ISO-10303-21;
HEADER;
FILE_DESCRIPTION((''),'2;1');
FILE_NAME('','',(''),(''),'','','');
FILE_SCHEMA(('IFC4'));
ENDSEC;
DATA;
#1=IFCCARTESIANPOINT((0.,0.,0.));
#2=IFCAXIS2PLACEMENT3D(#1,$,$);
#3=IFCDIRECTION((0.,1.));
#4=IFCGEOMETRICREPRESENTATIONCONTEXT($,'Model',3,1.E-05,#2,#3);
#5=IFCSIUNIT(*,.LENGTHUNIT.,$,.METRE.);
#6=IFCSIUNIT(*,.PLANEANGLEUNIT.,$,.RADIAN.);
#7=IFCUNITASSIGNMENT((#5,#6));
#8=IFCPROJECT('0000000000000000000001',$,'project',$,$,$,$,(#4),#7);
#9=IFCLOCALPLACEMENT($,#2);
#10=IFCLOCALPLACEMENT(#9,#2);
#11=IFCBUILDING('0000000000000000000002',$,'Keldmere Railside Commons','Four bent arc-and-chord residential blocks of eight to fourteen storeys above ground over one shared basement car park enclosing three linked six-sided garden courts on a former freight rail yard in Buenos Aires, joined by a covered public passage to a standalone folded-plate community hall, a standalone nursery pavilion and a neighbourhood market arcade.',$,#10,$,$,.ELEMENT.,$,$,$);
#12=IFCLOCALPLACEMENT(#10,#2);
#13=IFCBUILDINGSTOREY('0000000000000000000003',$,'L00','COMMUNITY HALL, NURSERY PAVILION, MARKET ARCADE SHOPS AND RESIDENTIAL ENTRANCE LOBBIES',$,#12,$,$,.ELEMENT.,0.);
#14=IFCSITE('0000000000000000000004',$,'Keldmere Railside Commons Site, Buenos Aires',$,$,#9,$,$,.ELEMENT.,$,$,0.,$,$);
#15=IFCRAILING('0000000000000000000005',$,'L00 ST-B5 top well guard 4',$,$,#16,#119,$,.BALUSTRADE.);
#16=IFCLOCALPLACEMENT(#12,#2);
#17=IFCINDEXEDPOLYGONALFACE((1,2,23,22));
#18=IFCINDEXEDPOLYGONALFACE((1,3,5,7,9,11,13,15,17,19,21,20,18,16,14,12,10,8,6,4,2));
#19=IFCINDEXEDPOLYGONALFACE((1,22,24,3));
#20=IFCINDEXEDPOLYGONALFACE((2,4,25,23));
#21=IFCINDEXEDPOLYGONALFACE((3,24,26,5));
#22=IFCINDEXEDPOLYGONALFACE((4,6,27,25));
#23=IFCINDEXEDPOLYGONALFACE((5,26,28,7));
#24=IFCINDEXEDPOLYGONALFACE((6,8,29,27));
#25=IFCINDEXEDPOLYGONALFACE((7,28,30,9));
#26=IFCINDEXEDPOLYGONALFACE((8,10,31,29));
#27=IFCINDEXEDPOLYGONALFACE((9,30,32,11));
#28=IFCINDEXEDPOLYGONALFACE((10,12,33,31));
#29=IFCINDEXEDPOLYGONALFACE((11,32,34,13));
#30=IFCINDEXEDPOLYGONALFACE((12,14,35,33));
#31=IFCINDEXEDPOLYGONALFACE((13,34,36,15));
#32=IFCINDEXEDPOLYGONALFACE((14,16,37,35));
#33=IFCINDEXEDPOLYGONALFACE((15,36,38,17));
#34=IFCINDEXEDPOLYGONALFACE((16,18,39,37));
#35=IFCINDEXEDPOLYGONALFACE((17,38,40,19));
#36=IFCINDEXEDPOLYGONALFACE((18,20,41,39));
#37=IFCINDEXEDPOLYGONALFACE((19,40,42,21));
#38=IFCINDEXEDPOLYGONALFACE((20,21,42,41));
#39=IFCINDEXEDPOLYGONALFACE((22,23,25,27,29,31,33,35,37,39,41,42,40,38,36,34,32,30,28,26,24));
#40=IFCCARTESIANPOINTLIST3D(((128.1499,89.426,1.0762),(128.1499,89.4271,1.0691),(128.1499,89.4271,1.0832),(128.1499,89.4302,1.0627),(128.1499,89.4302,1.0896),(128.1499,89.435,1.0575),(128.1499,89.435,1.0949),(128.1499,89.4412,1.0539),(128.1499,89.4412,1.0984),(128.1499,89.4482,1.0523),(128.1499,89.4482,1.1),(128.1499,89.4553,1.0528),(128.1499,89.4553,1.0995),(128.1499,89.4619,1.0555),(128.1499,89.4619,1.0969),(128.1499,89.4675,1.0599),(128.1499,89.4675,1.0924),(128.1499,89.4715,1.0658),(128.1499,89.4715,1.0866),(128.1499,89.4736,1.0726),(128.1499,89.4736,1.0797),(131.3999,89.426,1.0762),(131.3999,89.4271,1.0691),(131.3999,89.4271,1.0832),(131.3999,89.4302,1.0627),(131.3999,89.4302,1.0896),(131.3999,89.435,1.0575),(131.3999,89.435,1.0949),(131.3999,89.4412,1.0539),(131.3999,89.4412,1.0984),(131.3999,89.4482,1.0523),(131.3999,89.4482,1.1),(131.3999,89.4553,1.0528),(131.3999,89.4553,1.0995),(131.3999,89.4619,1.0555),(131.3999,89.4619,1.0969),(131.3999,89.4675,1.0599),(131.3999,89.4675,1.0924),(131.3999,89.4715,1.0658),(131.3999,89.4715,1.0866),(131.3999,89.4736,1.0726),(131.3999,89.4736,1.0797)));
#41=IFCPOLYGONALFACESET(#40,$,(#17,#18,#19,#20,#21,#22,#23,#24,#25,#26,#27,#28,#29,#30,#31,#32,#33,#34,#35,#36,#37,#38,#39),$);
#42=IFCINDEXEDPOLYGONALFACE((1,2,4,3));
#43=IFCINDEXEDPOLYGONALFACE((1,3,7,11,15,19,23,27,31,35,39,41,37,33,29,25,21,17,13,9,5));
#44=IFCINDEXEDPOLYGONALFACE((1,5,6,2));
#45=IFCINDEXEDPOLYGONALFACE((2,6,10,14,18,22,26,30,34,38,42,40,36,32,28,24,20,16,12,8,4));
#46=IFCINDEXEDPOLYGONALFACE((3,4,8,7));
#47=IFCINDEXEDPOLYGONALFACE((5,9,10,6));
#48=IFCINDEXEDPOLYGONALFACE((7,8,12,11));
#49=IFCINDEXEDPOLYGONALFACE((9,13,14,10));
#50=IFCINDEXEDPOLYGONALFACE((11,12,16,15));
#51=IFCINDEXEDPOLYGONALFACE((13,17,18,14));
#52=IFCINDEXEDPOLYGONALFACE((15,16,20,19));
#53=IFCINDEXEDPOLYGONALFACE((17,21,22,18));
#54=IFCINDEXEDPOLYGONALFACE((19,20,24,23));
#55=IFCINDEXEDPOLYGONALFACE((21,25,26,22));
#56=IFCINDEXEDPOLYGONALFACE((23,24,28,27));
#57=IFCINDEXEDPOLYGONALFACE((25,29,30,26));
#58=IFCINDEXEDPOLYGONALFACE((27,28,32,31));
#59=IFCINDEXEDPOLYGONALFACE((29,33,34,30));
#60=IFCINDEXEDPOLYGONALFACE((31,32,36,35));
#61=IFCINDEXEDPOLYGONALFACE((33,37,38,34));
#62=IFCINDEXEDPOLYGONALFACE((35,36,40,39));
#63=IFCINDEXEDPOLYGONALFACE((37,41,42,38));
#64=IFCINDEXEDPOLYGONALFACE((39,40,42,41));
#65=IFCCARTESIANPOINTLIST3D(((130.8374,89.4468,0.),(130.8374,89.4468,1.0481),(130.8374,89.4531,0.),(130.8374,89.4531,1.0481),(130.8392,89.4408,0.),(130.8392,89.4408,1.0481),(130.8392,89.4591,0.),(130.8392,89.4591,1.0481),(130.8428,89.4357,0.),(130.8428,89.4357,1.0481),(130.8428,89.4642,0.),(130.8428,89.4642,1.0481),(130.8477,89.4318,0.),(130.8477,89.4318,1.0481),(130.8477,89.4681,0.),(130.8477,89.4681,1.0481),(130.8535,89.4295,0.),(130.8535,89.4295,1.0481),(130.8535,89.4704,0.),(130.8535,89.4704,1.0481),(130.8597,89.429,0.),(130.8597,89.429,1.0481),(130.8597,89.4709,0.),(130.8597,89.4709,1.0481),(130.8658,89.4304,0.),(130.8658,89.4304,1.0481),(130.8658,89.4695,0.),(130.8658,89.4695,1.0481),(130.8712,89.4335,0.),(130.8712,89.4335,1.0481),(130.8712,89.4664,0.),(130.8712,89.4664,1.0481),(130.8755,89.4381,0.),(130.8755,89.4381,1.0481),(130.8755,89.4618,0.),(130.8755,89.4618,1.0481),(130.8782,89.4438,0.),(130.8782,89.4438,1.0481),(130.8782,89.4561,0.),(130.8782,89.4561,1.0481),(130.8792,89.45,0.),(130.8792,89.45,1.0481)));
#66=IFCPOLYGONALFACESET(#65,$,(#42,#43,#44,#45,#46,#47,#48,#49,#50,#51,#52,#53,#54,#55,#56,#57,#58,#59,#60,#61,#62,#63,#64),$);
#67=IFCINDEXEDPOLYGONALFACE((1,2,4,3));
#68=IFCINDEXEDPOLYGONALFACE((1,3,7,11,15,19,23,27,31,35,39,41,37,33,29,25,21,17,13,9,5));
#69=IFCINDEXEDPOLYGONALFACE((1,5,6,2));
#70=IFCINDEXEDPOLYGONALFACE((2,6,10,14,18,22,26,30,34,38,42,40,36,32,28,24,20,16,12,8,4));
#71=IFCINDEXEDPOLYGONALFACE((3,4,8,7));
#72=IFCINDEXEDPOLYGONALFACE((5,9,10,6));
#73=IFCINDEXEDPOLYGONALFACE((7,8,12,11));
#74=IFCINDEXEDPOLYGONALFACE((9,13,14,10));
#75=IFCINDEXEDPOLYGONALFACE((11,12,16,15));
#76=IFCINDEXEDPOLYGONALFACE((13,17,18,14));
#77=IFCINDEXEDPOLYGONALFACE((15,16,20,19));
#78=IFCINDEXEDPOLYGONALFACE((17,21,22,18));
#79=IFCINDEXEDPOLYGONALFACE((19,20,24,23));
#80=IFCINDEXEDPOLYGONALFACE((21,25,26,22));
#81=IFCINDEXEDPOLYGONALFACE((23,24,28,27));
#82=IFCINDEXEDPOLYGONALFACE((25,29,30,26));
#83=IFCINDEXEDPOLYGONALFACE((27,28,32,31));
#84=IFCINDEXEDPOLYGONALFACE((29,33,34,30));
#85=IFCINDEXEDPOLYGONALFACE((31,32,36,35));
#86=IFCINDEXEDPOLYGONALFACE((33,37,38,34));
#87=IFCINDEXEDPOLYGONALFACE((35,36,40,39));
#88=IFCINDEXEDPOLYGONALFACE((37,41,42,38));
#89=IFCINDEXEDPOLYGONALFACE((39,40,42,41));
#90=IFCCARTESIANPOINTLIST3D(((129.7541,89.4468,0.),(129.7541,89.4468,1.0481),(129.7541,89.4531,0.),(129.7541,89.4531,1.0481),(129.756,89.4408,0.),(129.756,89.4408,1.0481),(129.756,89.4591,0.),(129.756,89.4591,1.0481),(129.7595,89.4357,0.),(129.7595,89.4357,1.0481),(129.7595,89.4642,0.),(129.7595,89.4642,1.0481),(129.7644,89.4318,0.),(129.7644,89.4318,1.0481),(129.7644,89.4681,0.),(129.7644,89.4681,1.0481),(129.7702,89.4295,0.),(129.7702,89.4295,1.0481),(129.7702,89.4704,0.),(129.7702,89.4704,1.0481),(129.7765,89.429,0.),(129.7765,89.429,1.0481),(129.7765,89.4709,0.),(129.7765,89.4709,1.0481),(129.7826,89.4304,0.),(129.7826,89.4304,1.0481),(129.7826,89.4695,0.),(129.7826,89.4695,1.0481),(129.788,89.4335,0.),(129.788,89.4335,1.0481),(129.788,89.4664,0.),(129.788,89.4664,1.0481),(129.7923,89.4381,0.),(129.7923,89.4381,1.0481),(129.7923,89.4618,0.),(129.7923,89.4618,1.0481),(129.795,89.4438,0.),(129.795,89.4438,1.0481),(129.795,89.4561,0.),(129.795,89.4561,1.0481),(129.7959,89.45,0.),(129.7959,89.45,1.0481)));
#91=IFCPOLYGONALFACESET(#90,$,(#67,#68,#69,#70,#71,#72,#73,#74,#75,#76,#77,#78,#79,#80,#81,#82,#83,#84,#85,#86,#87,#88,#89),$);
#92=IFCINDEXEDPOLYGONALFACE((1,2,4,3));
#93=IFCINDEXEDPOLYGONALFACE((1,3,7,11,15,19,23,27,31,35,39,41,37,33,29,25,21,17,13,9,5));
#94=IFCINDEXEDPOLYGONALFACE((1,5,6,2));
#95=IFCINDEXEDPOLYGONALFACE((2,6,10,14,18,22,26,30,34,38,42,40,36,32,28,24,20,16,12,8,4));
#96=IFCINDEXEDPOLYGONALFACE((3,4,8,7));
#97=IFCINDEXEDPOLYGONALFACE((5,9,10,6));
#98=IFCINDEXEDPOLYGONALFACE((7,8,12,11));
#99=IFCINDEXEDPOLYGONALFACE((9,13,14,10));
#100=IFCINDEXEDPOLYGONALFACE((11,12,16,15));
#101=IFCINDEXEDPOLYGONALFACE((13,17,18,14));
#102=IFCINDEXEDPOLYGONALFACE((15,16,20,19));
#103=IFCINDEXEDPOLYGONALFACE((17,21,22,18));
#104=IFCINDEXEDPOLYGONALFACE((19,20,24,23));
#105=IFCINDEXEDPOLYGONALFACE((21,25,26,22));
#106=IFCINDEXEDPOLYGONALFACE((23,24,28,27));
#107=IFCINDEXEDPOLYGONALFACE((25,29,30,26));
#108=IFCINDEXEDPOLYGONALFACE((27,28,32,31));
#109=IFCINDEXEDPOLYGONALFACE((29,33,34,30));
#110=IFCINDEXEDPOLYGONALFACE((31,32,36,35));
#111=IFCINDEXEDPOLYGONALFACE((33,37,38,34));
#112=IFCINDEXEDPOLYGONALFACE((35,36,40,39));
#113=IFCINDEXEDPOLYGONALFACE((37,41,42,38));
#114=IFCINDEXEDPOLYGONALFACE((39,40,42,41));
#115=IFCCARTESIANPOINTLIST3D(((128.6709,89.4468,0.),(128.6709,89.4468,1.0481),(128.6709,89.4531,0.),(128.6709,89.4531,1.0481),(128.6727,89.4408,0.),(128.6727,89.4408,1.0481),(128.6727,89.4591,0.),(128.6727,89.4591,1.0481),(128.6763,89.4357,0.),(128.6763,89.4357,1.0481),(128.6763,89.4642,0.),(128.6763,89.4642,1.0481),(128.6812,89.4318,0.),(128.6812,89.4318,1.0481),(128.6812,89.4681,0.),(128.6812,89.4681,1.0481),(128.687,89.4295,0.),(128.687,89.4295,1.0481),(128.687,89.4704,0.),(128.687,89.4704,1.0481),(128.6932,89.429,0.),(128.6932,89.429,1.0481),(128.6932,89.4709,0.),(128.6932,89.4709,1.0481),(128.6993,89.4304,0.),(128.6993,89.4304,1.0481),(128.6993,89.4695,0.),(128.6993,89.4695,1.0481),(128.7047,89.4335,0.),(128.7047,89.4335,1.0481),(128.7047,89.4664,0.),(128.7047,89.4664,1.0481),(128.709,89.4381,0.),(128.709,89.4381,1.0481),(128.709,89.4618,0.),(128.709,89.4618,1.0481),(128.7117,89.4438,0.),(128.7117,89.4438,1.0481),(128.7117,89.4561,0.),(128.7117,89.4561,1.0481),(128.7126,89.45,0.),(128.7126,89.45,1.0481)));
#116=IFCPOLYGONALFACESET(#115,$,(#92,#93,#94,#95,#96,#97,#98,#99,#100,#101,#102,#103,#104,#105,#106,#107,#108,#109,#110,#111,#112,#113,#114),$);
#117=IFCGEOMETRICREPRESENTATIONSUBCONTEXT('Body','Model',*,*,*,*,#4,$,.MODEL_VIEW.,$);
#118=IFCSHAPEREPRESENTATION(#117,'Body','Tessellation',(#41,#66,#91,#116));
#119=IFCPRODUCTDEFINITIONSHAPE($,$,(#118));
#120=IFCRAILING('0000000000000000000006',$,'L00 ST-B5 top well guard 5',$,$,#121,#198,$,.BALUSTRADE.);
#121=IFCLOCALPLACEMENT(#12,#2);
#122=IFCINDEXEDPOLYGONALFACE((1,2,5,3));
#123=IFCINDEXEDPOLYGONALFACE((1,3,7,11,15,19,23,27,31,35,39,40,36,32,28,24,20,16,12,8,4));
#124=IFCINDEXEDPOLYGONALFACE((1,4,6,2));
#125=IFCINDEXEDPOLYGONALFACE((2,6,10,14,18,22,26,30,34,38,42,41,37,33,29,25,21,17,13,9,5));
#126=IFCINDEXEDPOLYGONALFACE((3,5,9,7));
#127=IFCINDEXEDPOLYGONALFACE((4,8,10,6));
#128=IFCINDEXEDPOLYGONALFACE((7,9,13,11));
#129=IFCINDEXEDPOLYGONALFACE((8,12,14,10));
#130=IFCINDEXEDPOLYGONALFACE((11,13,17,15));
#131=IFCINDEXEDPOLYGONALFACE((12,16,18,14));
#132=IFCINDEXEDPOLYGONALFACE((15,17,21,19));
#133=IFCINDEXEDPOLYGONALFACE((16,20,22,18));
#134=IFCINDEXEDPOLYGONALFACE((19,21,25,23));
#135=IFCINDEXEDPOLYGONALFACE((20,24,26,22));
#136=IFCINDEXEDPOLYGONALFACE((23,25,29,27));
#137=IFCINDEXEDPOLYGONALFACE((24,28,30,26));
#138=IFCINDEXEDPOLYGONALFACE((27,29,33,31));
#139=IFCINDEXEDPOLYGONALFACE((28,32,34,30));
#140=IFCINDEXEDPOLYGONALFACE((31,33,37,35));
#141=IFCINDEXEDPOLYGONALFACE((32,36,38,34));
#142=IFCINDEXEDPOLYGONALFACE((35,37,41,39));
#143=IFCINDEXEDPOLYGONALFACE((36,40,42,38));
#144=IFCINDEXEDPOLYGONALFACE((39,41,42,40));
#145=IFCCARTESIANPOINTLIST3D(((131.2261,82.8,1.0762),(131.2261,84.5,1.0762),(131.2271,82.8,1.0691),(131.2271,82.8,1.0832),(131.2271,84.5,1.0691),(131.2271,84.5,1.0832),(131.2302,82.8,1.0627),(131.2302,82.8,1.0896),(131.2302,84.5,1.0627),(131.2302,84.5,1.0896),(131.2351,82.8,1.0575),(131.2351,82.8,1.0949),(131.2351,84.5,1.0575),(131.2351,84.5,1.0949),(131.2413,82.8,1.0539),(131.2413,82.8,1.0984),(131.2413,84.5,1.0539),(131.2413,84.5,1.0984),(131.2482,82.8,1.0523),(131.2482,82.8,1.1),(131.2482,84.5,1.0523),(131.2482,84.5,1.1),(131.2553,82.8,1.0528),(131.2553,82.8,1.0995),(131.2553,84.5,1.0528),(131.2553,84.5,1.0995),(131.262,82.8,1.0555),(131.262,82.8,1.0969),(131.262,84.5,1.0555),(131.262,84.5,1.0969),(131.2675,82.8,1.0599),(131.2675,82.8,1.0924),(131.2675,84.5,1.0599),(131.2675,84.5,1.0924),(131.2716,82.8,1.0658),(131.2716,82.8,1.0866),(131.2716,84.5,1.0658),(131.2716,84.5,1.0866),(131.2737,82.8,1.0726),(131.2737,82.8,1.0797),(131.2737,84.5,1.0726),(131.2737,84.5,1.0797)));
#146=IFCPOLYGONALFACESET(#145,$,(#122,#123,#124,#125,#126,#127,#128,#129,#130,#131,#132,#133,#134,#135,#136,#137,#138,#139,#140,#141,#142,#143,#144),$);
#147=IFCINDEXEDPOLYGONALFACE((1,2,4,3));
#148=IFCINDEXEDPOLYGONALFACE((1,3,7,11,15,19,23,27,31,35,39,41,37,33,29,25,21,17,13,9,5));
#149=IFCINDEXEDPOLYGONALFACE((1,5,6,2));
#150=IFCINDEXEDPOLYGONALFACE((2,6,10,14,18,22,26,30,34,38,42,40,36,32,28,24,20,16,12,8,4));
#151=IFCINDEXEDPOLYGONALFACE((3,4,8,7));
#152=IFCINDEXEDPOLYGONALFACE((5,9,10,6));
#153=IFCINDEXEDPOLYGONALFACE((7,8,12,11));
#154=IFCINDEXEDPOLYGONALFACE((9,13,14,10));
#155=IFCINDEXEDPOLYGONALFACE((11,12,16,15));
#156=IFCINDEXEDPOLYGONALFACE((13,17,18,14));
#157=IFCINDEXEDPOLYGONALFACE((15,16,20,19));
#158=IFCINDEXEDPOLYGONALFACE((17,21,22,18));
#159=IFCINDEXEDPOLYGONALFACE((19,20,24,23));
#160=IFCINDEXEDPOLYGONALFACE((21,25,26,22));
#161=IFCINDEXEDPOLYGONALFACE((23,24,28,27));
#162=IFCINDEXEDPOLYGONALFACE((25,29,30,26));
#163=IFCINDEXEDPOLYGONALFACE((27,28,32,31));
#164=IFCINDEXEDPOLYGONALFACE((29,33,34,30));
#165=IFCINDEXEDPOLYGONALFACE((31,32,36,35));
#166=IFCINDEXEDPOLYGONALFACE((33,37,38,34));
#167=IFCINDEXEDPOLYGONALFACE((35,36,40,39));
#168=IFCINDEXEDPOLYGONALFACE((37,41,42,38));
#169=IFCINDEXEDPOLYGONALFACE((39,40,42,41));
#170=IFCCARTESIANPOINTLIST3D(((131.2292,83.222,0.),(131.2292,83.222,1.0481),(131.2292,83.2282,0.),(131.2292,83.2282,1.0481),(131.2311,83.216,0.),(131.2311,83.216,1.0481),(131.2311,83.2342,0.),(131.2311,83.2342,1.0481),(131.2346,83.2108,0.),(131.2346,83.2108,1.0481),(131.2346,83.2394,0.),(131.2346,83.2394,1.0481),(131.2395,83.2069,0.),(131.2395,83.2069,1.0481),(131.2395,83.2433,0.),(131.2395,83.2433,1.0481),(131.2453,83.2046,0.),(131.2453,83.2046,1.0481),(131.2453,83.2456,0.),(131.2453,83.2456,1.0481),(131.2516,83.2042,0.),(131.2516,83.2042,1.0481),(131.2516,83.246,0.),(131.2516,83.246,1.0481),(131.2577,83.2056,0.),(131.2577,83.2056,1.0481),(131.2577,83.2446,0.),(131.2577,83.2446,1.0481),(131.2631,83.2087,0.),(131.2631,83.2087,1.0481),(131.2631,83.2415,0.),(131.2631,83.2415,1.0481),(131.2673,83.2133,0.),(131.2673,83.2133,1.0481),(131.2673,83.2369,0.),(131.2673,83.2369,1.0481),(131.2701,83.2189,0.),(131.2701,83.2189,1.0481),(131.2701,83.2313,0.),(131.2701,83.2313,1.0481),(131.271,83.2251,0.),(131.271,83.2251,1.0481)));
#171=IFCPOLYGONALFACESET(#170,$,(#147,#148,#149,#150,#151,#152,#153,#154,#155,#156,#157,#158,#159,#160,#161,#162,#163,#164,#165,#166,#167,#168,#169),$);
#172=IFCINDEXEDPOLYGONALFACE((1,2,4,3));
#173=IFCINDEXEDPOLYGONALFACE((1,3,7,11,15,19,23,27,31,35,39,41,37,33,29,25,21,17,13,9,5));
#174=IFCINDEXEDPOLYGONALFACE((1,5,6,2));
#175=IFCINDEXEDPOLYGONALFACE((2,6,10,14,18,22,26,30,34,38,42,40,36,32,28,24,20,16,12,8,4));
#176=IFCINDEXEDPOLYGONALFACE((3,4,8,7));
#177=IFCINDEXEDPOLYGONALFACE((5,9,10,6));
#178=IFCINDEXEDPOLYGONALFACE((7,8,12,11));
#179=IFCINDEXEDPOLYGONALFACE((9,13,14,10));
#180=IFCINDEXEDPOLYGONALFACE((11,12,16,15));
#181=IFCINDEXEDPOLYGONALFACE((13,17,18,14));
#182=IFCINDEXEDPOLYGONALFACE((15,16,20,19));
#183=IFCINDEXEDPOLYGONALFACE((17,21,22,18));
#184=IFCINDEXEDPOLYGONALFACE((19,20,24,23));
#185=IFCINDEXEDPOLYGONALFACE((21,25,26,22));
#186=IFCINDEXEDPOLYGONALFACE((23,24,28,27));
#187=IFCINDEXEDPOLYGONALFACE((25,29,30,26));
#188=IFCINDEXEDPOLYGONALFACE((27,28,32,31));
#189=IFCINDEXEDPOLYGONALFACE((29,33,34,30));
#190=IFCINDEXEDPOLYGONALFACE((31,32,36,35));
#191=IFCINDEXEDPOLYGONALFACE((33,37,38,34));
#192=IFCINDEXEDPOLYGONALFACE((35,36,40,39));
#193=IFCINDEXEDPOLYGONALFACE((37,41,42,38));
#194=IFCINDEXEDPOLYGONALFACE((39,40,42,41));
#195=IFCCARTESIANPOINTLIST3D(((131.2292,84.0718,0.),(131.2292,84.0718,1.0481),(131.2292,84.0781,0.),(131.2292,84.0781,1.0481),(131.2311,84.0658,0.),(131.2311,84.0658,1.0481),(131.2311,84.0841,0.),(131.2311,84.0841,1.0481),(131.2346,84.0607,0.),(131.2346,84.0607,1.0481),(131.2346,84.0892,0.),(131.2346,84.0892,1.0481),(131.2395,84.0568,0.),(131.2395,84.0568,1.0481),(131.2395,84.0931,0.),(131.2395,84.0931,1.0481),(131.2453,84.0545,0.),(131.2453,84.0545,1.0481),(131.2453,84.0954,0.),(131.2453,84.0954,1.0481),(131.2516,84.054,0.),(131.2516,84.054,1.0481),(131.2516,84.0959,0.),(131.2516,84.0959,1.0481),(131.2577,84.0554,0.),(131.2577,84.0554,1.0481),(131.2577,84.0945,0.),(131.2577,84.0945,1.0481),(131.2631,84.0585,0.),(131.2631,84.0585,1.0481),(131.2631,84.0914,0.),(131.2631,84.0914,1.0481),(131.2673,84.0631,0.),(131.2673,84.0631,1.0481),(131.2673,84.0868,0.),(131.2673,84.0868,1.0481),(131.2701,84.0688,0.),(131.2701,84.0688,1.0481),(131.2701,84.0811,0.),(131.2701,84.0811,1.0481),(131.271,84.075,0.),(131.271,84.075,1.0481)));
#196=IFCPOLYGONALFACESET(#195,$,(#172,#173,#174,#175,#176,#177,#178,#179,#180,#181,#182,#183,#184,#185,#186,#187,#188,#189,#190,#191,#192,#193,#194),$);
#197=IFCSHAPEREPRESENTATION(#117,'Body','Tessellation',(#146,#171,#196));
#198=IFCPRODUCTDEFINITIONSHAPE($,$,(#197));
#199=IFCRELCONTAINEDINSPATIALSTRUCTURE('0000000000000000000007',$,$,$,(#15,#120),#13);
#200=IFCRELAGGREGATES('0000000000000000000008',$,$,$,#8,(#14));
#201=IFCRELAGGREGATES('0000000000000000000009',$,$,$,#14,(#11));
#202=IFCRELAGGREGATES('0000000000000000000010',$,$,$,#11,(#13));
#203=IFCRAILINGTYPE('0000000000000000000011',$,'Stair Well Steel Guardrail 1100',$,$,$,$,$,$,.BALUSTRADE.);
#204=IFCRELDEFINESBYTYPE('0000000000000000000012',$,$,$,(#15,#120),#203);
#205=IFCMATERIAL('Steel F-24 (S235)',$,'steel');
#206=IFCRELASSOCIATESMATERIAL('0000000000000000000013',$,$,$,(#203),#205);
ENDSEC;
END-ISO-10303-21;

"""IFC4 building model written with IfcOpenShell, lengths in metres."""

from ifc_helpers import new_model, si_unit, direction, frame, origin, origin_2d, place, context, subcontext, project, spatial, circle, extrude, material, type_object, element, save


model = new_model("IFC4")

# Units and contexts
model_context = context("Model", 3, precision=1e-05, world=origin(), true_north=direction((0.0, 1.0)))
body_context = subcontext(model_context, "Body", "Model", "MODEL_VIEW")
ifc_project = project(units=[si_unit("LENGTHUNIT", "METRE"), si_unit("PLANEANGLEUNIT", "RADIAN")], contexts=[model_context])

# Site, building, storey
site_placement = place(None, origin())
site = spatial("IfcSite", under=ifc_project, at=site_placement, Name="Keldmere Railside Commons Site, Buenos Aires", CompositionType="ELEMENT", RefElevation=0.0)
building_placement = place(site_placement, origin())
building = spatial("IfcBuilding", under=site, at=building_placement, Name="Keldmere Railside Commons", Description="Four bent arc-and-chord residential blocks of eight to fourteen storeys above ground over one shared basement car park enclosing three linked six-sided garden courts on a former freight rail yard in Buenos Aires, joined by a covered public passage to a standalone folded-plate community hall, a standalone nursery pavilion and a neighbourhood market arcade.", CompositionType="ELEMENT")
storey_placement = place(building_placement, origin())
storey = spatial("IfcBuildingStorey", under=building, at=storey_placement, Name="L00", Description="COMMUNITY HALL, NURSERY PAVILION, MARKET ARCADE SHOPS AND RESIDENTIAL ENTRANCE LOBBIES", CompositionType="ELEMENT", Elevation=0.0)

# Shared definitions
ifc_material_1 = material(Name="Steel F-24 (S235)", Category="steel")

# Railings
railing_type = type_object("IfcRailingType", Name="Stair Well Steel Guardrail 1100", PredefinedType="BALUSTRADE", material=ifc_material_1)
railing_1_placement = place(storey_placement, frame((131.3999, 89.45, 0.0)))
element("IfcRailing", 1, at=railing_1_placement, inside=storey, type_object=railing_type, Name="L00 ST-B5 top well guard 4", PredefinedType="BALUSTRADE", context=body_context, shape_type="SweptSolid", body=[
    extrude(circle(Radius=0.0239, at=origin_2d()), frame((0.0, 0.0, 1.0762), z_axis=(-1.0, 0.0, 0.0), x_axis=(0.0, -1.0, 0.0)), (0.0, 0.0, 1.0), 3.25),
    extrude(circle(Radius=0.021, at=origin_2d()), frame((-0.5417, 0.0, 0.0)), (0.0, 0.0, 1.0), 1.0481),
    extrude(circle(Radius=0.021, at=origin_2d()), frame((-1.625, 0.0, 0.0)), (0.0, 0.0, 1.0), 1.0481),
    extrude(circle(Radius=0.021, at=origin_2d()), frame((-2.7083, 0.0, 0.0)), (0.0, 0.0, 1.0), 1.0481),
])
railing_2_placement = place(storey_placement, frame((131.25, 82.8, 0.0)))
element("IfcRailing", 2, at=railing_2_placement, inside=storey, type_object=railing_type, Name="L00 ST-B5 top well guard 5", PredefinedType="BALUSTRADE", context=body_context, shape_type="SweptSolid", body=[
    extrude(circle(Radius=0.0239, at=origin_2d()), frame((0.0, 0.0, 1.0762), z_axis=(0.0, 1.0, 0.0), x_axis=(-1.0, 0.0, 0.0)), (0.0, 0.0, 1.0), 1.7),
    extrude(circle(Radius=0.021, at=origin_2d()), frame((0.0, 0.425, 0.0)), (0.0, 0.0, 1.0), 1.0481),
    extrude(circle(Radius=0.021, at=origin_2d()), frame((0.0, 1.2749, 0.0)), (0.0, 0.0, 1.0), 1.0481),
])

save(model, "model.ifc")
